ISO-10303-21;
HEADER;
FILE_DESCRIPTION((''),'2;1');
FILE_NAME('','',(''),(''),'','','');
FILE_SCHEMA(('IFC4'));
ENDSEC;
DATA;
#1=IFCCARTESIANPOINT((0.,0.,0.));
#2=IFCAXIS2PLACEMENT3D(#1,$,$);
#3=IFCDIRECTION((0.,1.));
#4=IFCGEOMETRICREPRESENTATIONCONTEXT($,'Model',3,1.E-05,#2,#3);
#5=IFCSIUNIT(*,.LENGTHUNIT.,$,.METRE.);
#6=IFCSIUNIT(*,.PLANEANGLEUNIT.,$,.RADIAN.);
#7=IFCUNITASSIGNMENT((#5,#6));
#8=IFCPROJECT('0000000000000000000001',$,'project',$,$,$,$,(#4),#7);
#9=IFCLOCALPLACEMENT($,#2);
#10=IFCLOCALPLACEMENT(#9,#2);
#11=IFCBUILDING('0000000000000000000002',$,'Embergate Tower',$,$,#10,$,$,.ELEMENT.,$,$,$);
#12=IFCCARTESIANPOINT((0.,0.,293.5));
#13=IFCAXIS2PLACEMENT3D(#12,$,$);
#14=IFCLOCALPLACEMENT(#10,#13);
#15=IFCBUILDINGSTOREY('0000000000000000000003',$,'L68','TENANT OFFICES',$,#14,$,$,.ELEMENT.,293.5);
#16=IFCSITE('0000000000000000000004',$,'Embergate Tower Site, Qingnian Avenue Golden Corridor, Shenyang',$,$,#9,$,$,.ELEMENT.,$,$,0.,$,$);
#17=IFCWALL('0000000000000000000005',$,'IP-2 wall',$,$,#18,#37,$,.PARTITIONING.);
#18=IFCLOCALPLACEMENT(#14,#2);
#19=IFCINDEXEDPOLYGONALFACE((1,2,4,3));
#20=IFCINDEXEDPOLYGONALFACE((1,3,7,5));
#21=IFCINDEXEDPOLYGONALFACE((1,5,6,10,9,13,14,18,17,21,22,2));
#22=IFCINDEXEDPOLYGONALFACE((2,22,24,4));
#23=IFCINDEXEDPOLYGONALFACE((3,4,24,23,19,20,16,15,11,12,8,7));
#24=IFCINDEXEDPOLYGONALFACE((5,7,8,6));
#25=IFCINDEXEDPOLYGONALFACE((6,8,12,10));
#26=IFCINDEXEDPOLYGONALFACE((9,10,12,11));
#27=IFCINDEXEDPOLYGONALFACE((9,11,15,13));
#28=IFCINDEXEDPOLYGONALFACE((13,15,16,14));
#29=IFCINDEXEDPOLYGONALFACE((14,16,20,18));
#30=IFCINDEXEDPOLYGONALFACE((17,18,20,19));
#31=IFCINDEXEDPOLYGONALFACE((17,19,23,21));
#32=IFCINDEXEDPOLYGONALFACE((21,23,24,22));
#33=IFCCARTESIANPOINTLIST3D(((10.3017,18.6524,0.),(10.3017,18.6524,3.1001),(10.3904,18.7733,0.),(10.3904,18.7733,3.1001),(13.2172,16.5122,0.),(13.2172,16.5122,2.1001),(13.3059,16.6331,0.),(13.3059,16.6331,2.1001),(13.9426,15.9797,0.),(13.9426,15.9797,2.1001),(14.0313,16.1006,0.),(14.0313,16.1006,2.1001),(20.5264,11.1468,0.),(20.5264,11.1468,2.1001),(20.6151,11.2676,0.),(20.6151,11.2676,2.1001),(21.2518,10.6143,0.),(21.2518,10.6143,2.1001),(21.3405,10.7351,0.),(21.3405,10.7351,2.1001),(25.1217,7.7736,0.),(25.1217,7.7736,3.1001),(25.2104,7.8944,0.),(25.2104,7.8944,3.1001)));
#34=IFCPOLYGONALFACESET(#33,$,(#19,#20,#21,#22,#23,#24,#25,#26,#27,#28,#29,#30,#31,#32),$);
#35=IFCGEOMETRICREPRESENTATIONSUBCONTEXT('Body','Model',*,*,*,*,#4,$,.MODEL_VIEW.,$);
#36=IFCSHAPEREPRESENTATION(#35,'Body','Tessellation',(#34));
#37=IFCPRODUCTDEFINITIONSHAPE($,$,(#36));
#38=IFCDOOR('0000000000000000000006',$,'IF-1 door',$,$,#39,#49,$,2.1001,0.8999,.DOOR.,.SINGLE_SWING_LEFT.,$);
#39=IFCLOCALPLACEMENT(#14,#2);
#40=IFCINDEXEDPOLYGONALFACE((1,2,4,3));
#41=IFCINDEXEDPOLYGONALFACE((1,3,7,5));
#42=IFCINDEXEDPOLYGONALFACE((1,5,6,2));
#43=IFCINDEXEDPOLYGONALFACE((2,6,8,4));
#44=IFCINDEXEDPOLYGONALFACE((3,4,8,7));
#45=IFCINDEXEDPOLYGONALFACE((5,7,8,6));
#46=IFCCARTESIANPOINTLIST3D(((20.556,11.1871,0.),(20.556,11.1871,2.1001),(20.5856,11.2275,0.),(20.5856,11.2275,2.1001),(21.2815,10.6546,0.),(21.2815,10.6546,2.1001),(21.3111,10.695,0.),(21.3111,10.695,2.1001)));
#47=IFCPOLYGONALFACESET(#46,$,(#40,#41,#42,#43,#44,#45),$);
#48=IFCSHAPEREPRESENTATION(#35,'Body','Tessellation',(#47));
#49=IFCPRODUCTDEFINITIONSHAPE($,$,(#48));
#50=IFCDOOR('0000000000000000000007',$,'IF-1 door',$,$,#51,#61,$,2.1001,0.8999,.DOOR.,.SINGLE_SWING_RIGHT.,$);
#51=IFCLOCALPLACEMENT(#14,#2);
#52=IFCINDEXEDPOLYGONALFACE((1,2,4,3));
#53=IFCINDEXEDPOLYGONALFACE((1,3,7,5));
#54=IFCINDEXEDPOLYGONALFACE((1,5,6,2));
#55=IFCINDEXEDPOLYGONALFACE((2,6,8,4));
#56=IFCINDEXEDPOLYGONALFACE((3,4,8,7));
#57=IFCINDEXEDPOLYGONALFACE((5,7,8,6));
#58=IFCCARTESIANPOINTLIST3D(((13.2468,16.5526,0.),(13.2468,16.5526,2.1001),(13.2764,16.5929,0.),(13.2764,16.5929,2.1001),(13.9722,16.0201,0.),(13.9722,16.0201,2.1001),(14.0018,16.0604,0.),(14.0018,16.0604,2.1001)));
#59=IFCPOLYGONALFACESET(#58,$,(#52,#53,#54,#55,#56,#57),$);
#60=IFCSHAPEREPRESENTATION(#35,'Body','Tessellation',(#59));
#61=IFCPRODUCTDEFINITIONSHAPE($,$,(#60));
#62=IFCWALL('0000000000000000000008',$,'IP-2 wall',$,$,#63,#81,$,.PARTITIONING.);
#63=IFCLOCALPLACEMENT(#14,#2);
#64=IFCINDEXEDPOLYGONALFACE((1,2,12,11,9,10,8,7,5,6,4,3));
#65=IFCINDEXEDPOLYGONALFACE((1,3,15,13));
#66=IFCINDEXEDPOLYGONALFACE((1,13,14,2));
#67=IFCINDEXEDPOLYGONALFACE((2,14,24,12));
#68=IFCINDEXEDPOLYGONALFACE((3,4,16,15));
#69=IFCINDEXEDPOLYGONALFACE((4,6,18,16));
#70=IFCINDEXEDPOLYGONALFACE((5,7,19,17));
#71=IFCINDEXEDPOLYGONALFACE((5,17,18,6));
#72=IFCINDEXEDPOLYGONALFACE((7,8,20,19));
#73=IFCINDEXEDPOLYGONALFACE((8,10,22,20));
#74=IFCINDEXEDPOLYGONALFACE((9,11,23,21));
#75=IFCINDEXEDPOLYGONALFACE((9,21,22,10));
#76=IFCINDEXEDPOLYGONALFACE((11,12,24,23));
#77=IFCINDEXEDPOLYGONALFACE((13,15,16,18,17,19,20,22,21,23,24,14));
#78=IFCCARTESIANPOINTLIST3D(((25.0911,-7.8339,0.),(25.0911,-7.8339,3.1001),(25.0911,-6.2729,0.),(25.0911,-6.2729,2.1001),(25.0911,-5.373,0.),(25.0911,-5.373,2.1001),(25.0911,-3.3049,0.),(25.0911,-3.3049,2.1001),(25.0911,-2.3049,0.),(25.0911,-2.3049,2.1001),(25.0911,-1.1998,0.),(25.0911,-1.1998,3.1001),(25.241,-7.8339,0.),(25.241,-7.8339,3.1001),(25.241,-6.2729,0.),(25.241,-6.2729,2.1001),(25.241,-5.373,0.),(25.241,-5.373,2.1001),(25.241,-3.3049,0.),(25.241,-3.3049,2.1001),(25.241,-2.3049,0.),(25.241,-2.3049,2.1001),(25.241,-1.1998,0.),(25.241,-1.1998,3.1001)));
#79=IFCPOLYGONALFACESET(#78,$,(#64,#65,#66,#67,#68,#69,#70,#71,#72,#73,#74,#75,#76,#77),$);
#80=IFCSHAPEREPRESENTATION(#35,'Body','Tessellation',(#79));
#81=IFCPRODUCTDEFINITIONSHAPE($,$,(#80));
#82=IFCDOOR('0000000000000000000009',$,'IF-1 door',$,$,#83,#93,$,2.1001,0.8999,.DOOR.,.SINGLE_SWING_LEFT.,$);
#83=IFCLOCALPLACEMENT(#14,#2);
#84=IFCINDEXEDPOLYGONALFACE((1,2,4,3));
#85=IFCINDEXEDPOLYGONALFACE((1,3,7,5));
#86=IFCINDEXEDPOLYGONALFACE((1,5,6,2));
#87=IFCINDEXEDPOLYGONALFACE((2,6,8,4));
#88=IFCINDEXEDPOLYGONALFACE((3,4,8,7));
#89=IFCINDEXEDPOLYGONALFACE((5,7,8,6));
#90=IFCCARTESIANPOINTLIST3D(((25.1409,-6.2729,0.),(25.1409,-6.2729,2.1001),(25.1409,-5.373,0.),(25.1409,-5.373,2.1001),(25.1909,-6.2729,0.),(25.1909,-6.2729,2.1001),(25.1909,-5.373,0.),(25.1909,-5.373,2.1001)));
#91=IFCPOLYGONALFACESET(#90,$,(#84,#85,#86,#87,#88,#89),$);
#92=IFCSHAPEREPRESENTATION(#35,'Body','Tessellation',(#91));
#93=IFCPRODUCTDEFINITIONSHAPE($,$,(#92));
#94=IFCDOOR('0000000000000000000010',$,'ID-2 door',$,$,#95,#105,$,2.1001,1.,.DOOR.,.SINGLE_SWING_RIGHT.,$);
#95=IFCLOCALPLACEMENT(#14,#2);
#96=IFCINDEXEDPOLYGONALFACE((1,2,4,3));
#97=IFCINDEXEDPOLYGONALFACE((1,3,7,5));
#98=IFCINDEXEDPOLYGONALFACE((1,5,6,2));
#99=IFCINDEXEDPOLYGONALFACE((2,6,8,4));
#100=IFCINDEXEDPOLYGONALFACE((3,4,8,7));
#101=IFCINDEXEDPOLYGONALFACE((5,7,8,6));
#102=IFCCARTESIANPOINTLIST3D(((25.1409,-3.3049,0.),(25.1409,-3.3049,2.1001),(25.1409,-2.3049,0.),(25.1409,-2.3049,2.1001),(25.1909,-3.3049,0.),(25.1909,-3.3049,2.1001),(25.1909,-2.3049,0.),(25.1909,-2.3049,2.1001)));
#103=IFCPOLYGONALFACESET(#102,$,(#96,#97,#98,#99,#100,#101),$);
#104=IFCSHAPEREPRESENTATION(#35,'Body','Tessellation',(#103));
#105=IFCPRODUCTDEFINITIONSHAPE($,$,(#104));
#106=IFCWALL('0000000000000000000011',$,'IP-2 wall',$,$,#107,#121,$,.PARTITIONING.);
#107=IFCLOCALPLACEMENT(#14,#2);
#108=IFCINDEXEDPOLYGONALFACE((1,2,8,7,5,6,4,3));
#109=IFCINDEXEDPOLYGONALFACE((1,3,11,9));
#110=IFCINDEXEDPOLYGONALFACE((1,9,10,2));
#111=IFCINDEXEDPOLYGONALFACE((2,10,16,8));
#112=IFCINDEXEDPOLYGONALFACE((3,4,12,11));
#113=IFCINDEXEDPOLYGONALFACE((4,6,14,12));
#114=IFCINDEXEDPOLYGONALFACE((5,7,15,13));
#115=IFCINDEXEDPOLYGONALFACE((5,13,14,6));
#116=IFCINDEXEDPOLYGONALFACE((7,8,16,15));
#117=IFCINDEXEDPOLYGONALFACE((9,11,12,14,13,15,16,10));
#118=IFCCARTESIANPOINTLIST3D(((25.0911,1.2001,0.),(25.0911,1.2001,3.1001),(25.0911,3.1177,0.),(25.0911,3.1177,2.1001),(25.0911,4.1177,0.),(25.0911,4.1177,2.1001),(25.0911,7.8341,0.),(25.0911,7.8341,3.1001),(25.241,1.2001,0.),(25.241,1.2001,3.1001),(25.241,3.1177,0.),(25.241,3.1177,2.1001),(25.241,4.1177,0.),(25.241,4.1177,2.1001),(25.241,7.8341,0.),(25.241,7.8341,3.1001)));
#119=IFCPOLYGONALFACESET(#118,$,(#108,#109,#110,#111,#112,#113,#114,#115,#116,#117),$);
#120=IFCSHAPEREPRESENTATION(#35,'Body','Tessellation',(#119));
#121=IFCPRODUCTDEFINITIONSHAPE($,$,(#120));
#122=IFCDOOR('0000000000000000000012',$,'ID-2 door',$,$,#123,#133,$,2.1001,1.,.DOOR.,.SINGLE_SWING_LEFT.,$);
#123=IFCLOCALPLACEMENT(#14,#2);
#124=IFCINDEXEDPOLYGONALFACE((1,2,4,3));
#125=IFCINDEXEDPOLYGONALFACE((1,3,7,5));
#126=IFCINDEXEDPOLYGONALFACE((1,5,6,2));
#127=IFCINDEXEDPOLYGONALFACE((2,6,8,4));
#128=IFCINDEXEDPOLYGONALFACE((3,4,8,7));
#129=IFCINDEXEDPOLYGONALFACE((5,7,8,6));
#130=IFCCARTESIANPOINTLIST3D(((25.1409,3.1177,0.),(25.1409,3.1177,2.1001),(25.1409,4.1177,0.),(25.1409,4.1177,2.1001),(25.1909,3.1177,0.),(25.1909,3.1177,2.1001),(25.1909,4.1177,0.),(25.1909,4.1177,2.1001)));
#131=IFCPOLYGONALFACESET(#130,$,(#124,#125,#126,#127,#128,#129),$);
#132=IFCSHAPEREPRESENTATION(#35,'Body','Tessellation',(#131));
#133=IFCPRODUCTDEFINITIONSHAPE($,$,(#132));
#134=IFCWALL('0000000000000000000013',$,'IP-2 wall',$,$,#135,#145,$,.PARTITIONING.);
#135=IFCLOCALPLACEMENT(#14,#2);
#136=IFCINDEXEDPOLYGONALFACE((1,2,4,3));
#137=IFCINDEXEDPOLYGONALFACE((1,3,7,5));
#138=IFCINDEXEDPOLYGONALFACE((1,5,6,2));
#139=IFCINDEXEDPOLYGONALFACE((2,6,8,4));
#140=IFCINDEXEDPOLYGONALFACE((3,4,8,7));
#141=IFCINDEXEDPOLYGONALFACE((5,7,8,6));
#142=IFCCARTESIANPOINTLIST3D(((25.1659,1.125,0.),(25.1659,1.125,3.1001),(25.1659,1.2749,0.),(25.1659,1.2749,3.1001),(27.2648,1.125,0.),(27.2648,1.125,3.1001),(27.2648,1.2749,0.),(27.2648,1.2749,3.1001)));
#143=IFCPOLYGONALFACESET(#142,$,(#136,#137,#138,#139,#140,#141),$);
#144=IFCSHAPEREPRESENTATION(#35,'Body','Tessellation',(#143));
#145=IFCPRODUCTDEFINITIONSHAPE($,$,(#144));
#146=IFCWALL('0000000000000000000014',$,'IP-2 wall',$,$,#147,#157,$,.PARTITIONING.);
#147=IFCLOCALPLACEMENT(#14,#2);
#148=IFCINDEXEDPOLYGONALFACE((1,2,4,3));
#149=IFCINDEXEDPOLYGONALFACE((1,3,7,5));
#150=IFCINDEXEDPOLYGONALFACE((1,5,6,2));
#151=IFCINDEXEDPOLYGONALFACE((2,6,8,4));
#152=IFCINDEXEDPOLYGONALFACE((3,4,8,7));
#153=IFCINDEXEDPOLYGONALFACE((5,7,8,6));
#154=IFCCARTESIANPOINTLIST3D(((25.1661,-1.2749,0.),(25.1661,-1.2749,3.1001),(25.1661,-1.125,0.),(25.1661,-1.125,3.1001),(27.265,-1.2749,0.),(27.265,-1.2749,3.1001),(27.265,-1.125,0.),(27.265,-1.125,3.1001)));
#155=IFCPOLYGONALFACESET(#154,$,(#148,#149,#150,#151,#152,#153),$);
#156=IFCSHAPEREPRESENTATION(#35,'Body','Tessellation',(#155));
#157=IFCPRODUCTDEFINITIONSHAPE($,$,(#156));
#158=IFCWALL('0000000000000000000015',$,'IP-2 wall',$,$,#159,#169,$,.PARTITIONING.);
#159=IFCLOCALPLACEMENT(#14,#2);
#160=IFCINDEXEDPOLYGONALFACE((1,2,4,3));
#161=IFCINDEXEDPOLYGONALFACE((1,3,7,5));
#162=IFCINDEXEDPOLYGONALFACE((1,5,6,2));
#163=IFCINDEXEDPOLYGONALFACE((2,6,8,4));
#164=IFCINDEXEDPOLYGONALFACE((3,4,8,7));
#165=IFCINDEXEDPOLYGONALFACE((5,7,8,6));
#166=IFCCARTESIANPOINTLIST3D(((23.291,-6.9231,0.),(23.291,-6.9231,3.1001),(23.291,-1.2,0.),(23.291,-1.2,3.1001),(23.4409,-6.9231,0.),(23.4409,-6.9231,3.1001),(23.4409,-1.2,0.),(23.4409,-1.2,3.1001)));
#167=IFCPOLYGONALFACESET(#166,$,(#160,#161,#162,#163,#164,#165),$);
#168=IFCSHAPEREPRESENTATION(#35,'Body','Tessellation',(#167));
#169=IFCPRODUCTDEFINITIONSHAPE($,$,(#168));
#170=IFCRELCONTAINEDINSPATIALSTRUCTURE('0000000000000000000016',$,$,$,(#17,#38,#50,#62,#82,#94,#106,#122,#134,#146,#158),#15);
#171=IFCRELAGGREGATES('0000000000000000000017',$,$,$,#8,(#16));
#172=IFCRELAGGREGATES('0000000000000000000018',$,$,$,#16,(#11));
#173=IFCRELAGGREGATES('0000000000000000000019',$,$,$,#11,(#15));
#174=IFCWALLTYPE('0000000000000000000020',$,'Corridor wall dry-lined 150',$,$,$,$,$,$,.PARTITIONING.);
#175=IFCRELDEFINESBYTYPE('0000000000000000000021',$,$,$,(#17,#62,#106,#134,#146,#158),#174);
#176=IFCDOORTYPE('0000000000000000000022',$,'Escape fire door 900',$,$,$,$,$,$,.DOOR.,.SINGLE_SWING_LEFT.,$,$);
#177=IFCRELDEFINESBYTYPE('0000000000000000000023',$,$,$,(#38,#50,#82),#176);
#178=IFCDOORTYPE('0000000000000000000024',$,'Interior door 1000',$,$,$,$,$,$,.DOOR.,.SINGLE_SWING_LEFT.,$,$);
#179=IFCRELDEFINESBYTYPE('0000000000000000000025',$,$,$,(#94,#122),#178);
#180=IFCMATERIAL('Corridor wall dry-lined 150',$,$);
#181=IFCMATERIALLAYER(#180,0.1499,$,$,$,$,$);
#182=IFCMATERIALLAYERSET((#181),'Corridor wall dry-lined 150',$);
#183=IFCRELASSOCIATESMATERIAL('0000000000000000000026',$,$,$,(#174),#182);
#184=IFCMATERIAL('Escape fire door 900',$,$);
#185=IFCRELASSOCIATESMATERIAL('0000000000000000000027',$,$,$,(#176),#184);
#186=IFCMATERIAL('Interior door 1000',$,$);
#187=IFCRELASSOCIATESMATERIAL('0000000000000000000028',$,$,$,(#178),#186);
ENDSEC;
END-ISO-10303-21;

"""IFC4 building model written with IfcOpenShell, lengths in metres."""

from ifc_helpers import new_model, si_unit, direction, frame, frame_2d, origin, place, context, subcontext, project, spatial, rectangle, extrude, source, transform, mapped, material, layer, layer_set, type_object, element, fill, save


model = new_model("IFC4")

# Units and contexts
model_context = context("Model", 3, precision=1e-05, world=origin(), true_north=direction((0.0, 1.0)))
body_context = subcontext(model_context, "Body", "Model", "MODEL_VIEW")
ifc_project = project(units=[si_unit("LENGTHUNIT", "METRE"), si_unit("PLANEANGLEUNIT", "RADIAN")], contexts=[model_context])

# Site, building, storey
site_placement = place(None, origin())
site = spatial("IfcSite", under=ifc_project, at=site_placement, Name="Embergate Tower Site, Qingnian Avenue Golden Corridor, Shenyang", CompositionType="ELEMENT", RefElevation=0.0)
building_placement = place(site_placement, origin())
building = spatial("IfcBuilding", under=site, at=building_placement, Name="Embergate Tower", CompositionType="ELEMENT")
storey_placement = place(building_placement, frame((0.0, 0.0, 293.5)))
storey = spatial("IfcBuildingStorey", under=building, at=storey_placement, Name="L68", Description="TENANT OFFICES", CompositionType="ELEMENT", Elevation=293.5)

# Shared definitions
ifc_material_1 = material(Name="Corridor wall dry-lined 150")
ifc_layer_1 = layer(ifc_material_1, 0.1499)
ifc_layer_set_1 = layer_set([ifc_layer_1], Name="Corridor wall dry-lined 150")
wall_type_1 = type_object("IfcWallType", Name="Corridor wall dry-lined 150", PredefinedType="PARTITIONING", material=ifc_layer_set_1)

# Walls, openings, doors
shared_shape_1 = source(origin(), body_context, "Body", "SweptSolid", [
    extrude(rectangle(XDim=18.3843, YDim=0.1499, at=frame_2d((9.1921, 0.0))), origin(), (0.0, 0.0, 1.0), 3.1001),
])
wall_1_placement = place(storey_placement, frame((25.166, 7.834, 0.0), z_axis=(0.0, 0.0, 1.0), x_axis=(-0.806123, 0.591748, 0.0)))
wall_1 = element("IfcWall", 1, at=wall_1_placement, inside=storey, type_object=wall_type_1, Name="IP-2 wall", PredefinedType="PARTITIONING", context=body_context, shape_type="MappedRepresentation", body=[
    mapped(shared_shape_1, transform((0.0, 0.0, 0.0))),
])
shared_shape_2 = source(origin(), body_context, "Body", "SweptSolid", [
    extrude(rectangle(XDim=0.8999, YDim=2.1001, at=frame_2d((0.45, 1.05))), frame((0.0, 0.085, 0.0), z_axis=(0.0, -1.0, 0.0), x_axis=(1.0, 0.0, 0.0)), (0.0, 0.0, 1.0), 0.1699),
])
opening_1_placement = place(wall_1_placement, frame((4.8005, 0.0, 0.0)))
opening_1 = element("IfcOpeningElement", 2, at=opening_1_placement, cuts=wall_1, PredefinedType="OPENING", context=body_context, shape_type="MappedRepresentation", body=[
    mapped(shared_shape_2, transform((0.0, 0.0, 0.0))),
])
opening_2_placement = place(wall_1_placement, frame((13.8677, 0.0, 0.0)))
opening_2 = element("IfcOpeningElement", 3, at=opening_2_placement, cuts=wall_1, PredefinedType="OPENING", context=body_context, shape_type="MappedRepresentation", body=[
    mapped(shared_shape_2, transform((0.0, 0.0, 0.0))),
])
ifc_material_2 = material(Name="Escape fire door 900")
door_type_1 = type_object("IfcDoorType", Name="Escape fire door 900", OperationType="SINGLE_SWING_LEFT", PredefinedType="DOOR", material=ifc_material_2)
shared_shape_3 = source(origin(), body_context, "Body", "SweptSolid", [
    extrude(rectangle(XDim=0.8999, YDim=2.1001, at=frame_2d((0.45, 1.05))), frame((0.0, 0.0249, 0.0), z_axis=(0.0, -1.0, 0.0), x_axis=(1.0, 0.0, 0.0)), (0.0, 0.0, 1.0), 0.05),
])
door_1_placement = place(opening_1_placement, origin())
door_1 = element("IfcDoor", 4, at=door_1_placement, inside=storey, type_object=door_type_1, Name="IF-1 door", OperationType="SINGLE_SWING_LEFT", OverallHeight=2.1001, OverallWidth=0.8999, PredefinedType="DOOR", context=body_context, shape_type="MappedRepresentation", body=[
    mapped(shared_shape_3, transform((0.0, 0.0, 0.0))),
])
fill(opening_1, door_1)
door_2_placement = place(opening_2_placement, origin())
door_2 = element("IfcDoor", 5, at=door_2_placement, inside=storey, type_object=door_type_1, Name="IF-1 door", OperationType="SINGLE_SWING_RIGHT", OverallHeight=2.1001, OverallWidth=0.8999, PredefinedType="DOOR", context=body_context, shape_type="MappedRepresentation", body=[
    mapped(shared_shape_3, transform((0.0, 0.0, 0.0))),
])
fill(opening_2, door_2)
shared_shape_4 = source(origin(), body_context, "Body", "SweptSolid", [
    extrude(rectangle(XDim=6.634, YDim=0.1499, at=frame_2d((3.3169, 0.0))), origin(), (0.0, 0.0, 1.0), 3.1001),
])
wall_2_placement = place(storey_placement, frame((25.166, -1.2, 0.0), z_axis=(0.0, 0.0, 1.0), x_axis=(0.0, -1.0, 0.0)))
wall_2 = element("IfcWall", 6, at=wall_2_placement, inside=storey, type_object=wall_type_1, Name="IP-2 wall", PredefinedType="PARTITIONING", context=body_context, shape_type="MappedRepresentation", body=[
    mapped(shared_shape_4, transform((0.0, 0.0, 0.0))),
])
opening_3_placement = place(wall_2_placement, frame((4.1731, 0.0, 0.0)))
opening_3 = element("IfcOpeningElement", 7, at=opening_3_placement, cuts=wall_2, PredefinedType="OPENING", context=body_context, shape_type="MappedRepresentation", body=[
    mapped(shared_shape_2, transform((0.0, 0.0, 0.0))),
])
shared_shape_5 = source(origin(), body_context, "Body", "SweptSolid", [
    extrude(rectangle(XDim=1.0, YDim=2.1001, at=frame_2d((0.5, 1.05))), frame((0.0, 0.085, 0.0), z_axis=(0.0, -1.0, 0.0), x_axis=(1.0, 0.0, 0.0)), (0.0, 0.0, 1.0), 0.1699),
])
opening_4_placement = place(wall_2_placement, frame((1.105, 0.0, 0.0)))
opening_4 = element("IfcOpeningElement", 8, at=opening_4_placement, cuts=wall_2, PredefinedType="OPENING", context=body_context, shape_type="MappedRepresentation", body=[
    mapped(shared_shape_5, transform((0.0, 0.0, 0.0))),
])
door_3_placement = place(opening_3_placement, origin())
door_3 = element("IfcDoor", 9, at=door_3_placement, inside=storey, type_object=door_type_1, Name="IF-1 door", OperationType="SINGLE_SWING_LEFT", OverallHeight=2.1001, OverallWidth=0.8999, PredefinedType="DOOR", context=body_context, shape_type="MappedRepresentation", body=[
    mapped(shared_shape_3, transform((0.0, 0.0, 0.0))),
])
fill(opening_3, door_3)
ifc_material_3 = material(Name="Interior door 1000")
door_type_2 = type_object("IfcDoorType", Name="Interior door 1000", OperationType="SINGLE_SWING_LEFT", PredefinedType="DOOR", material=ifc_material_3)
shared_shape_6 = source(origin(), body_context, "Body", "SweptSolid", [
    extrude(rectangle(XDim=1.0, YDim=2.1001, at=frame_2d((0.5, 1.05))), frame((0.0, 0.0249, 0.0), z_axis=(0.0, -1.0, 0.0), x_axis=(1.0, 0.0, 0.0)), (0.0, 0.0, 1.0), 0.05),
])
door_4_placement = place(opening_4_placement, origin())
door_4 = element("IfcDoor", 10, at=door_4_placement, inside=storey, type_object=door_type_2, Name="ID-2 door", OperationType="SINGLE_SWING_RIGHT", OverallHeight=2.1001, OverallWidth=1.0, PredefinedType="DOOR", context=body_context, shape_type="MappedRepresentation", body=[
    mapped(shared_shape_6, transform((0.0, 0.0, 0.0))),
])
fill(opening_4, door_4)

# Wall, opening, door
wall_3_placement = place(storey_placement, frame((25.166, 7.834, 0.0), z_axis=(0.0, 0.0, 1.0), x_axis=(0.0, -1.0, 0.0)))
wall_3 = element("IfcWall", 11, at=wall_3_placement, inside=storey, type_object=wall_type_1, Name="IP-2 wall", PredefinedType="PARTITIONING", context=body_context, shape_type="MappedRepresentation", body=[
    mapped(shared_shape_4, transform((0.0, 0.0, 0.0))),
])
opening_5_placement = place(wall_3_placement, frame((3.7163, 0.0, 0.0)))
opening_5 = element("IfcOpeningElement", 12, at=opening_5_placement, cuts=wall_3, PredefinedType="OPENING", context=body_context, shape_type="MappedRepresentation", body=[
    mapped(shared_shape_5, transform((0.0, 0.0, 0.0))),
])
door_5_placement = place(opening_5_placement, origin())
door_5 = element("IfcDoor", 13, at=door_5_placement, inside=storey, type_object=door_type_2, Name="ID-2 door", OperationType="SINGLE_SWING_LEFT", OverallHeight=2.1001, OverallWidth=1.0, PredefinedType="DOOR", context=body_context, shape_type="MappedRepresentation", body=[
    mapped(shared_shape_6, transform((0.0, 0.0, 0.0))),
])
fill(opening_5, door_5)

# Walls
shared_shape_7 = source(origin(), body_context, "Body", "SweptSolid", [
    extrude(rectangle(XDim=2.0989, YDim=0.1499, at=frame_2d((1.0493, 0.0))), origin(), (0.0, 0.0, 1.0), 3.1001),
])
for number, where, z_axis, x_axis, name in (
    (14, (25.166, 1.2, 0.0), (0.0, 0.0, 1.0), (1.0, 0.0, 0.0), "IP-2 wall"),
    (15, (27.2649, -1.2, 0.0), (0.0, 0.0, 1.0), (-1.0, 0.0, 0.0), "IP-2 wall"),
):
    element("IfcWall", number, at=place(storey_placement, frame(where, z_axis=z_axis, x_axis=x_axis)), inside=storey, type_object=wall_type_1, Name=name, PredefinedType="PARTITIONING", context=body_context, shape_type="MappedRepresentation", body=[
        mapped(shared_shape_7, transform((0.0, 0.0, 0.0))),
    ])
shared_shape_8 = source(origin(), body_context, "Body", "SweptSolid", [
    extrude(rectangle(XDim=5.7231, YDim=0.1499, at=frame_2d((2.8616, 0.0))), origin(), (0.0, 0.0, 1.0), 3.1001),
])
wall_4_placement = place(storey_placement, frame((23.366, -1.2, 0.0), z_axis=(0.0, 0.0, 1.0), x_axis=(0.0, -1.0, 0.0)))
element("IfcWall", 16, at=wall_4_placement, inside=storey, type_object=wall_type_1, Name="IP-2 wall", PredefinedType="PARTITIONING", context=body_context, shape_type="MappedRepresentation", body=[
    mapped(shared_shape_8, transform((0.0, 0.0, 0.0))),
])

save(model, "model.ifc")
